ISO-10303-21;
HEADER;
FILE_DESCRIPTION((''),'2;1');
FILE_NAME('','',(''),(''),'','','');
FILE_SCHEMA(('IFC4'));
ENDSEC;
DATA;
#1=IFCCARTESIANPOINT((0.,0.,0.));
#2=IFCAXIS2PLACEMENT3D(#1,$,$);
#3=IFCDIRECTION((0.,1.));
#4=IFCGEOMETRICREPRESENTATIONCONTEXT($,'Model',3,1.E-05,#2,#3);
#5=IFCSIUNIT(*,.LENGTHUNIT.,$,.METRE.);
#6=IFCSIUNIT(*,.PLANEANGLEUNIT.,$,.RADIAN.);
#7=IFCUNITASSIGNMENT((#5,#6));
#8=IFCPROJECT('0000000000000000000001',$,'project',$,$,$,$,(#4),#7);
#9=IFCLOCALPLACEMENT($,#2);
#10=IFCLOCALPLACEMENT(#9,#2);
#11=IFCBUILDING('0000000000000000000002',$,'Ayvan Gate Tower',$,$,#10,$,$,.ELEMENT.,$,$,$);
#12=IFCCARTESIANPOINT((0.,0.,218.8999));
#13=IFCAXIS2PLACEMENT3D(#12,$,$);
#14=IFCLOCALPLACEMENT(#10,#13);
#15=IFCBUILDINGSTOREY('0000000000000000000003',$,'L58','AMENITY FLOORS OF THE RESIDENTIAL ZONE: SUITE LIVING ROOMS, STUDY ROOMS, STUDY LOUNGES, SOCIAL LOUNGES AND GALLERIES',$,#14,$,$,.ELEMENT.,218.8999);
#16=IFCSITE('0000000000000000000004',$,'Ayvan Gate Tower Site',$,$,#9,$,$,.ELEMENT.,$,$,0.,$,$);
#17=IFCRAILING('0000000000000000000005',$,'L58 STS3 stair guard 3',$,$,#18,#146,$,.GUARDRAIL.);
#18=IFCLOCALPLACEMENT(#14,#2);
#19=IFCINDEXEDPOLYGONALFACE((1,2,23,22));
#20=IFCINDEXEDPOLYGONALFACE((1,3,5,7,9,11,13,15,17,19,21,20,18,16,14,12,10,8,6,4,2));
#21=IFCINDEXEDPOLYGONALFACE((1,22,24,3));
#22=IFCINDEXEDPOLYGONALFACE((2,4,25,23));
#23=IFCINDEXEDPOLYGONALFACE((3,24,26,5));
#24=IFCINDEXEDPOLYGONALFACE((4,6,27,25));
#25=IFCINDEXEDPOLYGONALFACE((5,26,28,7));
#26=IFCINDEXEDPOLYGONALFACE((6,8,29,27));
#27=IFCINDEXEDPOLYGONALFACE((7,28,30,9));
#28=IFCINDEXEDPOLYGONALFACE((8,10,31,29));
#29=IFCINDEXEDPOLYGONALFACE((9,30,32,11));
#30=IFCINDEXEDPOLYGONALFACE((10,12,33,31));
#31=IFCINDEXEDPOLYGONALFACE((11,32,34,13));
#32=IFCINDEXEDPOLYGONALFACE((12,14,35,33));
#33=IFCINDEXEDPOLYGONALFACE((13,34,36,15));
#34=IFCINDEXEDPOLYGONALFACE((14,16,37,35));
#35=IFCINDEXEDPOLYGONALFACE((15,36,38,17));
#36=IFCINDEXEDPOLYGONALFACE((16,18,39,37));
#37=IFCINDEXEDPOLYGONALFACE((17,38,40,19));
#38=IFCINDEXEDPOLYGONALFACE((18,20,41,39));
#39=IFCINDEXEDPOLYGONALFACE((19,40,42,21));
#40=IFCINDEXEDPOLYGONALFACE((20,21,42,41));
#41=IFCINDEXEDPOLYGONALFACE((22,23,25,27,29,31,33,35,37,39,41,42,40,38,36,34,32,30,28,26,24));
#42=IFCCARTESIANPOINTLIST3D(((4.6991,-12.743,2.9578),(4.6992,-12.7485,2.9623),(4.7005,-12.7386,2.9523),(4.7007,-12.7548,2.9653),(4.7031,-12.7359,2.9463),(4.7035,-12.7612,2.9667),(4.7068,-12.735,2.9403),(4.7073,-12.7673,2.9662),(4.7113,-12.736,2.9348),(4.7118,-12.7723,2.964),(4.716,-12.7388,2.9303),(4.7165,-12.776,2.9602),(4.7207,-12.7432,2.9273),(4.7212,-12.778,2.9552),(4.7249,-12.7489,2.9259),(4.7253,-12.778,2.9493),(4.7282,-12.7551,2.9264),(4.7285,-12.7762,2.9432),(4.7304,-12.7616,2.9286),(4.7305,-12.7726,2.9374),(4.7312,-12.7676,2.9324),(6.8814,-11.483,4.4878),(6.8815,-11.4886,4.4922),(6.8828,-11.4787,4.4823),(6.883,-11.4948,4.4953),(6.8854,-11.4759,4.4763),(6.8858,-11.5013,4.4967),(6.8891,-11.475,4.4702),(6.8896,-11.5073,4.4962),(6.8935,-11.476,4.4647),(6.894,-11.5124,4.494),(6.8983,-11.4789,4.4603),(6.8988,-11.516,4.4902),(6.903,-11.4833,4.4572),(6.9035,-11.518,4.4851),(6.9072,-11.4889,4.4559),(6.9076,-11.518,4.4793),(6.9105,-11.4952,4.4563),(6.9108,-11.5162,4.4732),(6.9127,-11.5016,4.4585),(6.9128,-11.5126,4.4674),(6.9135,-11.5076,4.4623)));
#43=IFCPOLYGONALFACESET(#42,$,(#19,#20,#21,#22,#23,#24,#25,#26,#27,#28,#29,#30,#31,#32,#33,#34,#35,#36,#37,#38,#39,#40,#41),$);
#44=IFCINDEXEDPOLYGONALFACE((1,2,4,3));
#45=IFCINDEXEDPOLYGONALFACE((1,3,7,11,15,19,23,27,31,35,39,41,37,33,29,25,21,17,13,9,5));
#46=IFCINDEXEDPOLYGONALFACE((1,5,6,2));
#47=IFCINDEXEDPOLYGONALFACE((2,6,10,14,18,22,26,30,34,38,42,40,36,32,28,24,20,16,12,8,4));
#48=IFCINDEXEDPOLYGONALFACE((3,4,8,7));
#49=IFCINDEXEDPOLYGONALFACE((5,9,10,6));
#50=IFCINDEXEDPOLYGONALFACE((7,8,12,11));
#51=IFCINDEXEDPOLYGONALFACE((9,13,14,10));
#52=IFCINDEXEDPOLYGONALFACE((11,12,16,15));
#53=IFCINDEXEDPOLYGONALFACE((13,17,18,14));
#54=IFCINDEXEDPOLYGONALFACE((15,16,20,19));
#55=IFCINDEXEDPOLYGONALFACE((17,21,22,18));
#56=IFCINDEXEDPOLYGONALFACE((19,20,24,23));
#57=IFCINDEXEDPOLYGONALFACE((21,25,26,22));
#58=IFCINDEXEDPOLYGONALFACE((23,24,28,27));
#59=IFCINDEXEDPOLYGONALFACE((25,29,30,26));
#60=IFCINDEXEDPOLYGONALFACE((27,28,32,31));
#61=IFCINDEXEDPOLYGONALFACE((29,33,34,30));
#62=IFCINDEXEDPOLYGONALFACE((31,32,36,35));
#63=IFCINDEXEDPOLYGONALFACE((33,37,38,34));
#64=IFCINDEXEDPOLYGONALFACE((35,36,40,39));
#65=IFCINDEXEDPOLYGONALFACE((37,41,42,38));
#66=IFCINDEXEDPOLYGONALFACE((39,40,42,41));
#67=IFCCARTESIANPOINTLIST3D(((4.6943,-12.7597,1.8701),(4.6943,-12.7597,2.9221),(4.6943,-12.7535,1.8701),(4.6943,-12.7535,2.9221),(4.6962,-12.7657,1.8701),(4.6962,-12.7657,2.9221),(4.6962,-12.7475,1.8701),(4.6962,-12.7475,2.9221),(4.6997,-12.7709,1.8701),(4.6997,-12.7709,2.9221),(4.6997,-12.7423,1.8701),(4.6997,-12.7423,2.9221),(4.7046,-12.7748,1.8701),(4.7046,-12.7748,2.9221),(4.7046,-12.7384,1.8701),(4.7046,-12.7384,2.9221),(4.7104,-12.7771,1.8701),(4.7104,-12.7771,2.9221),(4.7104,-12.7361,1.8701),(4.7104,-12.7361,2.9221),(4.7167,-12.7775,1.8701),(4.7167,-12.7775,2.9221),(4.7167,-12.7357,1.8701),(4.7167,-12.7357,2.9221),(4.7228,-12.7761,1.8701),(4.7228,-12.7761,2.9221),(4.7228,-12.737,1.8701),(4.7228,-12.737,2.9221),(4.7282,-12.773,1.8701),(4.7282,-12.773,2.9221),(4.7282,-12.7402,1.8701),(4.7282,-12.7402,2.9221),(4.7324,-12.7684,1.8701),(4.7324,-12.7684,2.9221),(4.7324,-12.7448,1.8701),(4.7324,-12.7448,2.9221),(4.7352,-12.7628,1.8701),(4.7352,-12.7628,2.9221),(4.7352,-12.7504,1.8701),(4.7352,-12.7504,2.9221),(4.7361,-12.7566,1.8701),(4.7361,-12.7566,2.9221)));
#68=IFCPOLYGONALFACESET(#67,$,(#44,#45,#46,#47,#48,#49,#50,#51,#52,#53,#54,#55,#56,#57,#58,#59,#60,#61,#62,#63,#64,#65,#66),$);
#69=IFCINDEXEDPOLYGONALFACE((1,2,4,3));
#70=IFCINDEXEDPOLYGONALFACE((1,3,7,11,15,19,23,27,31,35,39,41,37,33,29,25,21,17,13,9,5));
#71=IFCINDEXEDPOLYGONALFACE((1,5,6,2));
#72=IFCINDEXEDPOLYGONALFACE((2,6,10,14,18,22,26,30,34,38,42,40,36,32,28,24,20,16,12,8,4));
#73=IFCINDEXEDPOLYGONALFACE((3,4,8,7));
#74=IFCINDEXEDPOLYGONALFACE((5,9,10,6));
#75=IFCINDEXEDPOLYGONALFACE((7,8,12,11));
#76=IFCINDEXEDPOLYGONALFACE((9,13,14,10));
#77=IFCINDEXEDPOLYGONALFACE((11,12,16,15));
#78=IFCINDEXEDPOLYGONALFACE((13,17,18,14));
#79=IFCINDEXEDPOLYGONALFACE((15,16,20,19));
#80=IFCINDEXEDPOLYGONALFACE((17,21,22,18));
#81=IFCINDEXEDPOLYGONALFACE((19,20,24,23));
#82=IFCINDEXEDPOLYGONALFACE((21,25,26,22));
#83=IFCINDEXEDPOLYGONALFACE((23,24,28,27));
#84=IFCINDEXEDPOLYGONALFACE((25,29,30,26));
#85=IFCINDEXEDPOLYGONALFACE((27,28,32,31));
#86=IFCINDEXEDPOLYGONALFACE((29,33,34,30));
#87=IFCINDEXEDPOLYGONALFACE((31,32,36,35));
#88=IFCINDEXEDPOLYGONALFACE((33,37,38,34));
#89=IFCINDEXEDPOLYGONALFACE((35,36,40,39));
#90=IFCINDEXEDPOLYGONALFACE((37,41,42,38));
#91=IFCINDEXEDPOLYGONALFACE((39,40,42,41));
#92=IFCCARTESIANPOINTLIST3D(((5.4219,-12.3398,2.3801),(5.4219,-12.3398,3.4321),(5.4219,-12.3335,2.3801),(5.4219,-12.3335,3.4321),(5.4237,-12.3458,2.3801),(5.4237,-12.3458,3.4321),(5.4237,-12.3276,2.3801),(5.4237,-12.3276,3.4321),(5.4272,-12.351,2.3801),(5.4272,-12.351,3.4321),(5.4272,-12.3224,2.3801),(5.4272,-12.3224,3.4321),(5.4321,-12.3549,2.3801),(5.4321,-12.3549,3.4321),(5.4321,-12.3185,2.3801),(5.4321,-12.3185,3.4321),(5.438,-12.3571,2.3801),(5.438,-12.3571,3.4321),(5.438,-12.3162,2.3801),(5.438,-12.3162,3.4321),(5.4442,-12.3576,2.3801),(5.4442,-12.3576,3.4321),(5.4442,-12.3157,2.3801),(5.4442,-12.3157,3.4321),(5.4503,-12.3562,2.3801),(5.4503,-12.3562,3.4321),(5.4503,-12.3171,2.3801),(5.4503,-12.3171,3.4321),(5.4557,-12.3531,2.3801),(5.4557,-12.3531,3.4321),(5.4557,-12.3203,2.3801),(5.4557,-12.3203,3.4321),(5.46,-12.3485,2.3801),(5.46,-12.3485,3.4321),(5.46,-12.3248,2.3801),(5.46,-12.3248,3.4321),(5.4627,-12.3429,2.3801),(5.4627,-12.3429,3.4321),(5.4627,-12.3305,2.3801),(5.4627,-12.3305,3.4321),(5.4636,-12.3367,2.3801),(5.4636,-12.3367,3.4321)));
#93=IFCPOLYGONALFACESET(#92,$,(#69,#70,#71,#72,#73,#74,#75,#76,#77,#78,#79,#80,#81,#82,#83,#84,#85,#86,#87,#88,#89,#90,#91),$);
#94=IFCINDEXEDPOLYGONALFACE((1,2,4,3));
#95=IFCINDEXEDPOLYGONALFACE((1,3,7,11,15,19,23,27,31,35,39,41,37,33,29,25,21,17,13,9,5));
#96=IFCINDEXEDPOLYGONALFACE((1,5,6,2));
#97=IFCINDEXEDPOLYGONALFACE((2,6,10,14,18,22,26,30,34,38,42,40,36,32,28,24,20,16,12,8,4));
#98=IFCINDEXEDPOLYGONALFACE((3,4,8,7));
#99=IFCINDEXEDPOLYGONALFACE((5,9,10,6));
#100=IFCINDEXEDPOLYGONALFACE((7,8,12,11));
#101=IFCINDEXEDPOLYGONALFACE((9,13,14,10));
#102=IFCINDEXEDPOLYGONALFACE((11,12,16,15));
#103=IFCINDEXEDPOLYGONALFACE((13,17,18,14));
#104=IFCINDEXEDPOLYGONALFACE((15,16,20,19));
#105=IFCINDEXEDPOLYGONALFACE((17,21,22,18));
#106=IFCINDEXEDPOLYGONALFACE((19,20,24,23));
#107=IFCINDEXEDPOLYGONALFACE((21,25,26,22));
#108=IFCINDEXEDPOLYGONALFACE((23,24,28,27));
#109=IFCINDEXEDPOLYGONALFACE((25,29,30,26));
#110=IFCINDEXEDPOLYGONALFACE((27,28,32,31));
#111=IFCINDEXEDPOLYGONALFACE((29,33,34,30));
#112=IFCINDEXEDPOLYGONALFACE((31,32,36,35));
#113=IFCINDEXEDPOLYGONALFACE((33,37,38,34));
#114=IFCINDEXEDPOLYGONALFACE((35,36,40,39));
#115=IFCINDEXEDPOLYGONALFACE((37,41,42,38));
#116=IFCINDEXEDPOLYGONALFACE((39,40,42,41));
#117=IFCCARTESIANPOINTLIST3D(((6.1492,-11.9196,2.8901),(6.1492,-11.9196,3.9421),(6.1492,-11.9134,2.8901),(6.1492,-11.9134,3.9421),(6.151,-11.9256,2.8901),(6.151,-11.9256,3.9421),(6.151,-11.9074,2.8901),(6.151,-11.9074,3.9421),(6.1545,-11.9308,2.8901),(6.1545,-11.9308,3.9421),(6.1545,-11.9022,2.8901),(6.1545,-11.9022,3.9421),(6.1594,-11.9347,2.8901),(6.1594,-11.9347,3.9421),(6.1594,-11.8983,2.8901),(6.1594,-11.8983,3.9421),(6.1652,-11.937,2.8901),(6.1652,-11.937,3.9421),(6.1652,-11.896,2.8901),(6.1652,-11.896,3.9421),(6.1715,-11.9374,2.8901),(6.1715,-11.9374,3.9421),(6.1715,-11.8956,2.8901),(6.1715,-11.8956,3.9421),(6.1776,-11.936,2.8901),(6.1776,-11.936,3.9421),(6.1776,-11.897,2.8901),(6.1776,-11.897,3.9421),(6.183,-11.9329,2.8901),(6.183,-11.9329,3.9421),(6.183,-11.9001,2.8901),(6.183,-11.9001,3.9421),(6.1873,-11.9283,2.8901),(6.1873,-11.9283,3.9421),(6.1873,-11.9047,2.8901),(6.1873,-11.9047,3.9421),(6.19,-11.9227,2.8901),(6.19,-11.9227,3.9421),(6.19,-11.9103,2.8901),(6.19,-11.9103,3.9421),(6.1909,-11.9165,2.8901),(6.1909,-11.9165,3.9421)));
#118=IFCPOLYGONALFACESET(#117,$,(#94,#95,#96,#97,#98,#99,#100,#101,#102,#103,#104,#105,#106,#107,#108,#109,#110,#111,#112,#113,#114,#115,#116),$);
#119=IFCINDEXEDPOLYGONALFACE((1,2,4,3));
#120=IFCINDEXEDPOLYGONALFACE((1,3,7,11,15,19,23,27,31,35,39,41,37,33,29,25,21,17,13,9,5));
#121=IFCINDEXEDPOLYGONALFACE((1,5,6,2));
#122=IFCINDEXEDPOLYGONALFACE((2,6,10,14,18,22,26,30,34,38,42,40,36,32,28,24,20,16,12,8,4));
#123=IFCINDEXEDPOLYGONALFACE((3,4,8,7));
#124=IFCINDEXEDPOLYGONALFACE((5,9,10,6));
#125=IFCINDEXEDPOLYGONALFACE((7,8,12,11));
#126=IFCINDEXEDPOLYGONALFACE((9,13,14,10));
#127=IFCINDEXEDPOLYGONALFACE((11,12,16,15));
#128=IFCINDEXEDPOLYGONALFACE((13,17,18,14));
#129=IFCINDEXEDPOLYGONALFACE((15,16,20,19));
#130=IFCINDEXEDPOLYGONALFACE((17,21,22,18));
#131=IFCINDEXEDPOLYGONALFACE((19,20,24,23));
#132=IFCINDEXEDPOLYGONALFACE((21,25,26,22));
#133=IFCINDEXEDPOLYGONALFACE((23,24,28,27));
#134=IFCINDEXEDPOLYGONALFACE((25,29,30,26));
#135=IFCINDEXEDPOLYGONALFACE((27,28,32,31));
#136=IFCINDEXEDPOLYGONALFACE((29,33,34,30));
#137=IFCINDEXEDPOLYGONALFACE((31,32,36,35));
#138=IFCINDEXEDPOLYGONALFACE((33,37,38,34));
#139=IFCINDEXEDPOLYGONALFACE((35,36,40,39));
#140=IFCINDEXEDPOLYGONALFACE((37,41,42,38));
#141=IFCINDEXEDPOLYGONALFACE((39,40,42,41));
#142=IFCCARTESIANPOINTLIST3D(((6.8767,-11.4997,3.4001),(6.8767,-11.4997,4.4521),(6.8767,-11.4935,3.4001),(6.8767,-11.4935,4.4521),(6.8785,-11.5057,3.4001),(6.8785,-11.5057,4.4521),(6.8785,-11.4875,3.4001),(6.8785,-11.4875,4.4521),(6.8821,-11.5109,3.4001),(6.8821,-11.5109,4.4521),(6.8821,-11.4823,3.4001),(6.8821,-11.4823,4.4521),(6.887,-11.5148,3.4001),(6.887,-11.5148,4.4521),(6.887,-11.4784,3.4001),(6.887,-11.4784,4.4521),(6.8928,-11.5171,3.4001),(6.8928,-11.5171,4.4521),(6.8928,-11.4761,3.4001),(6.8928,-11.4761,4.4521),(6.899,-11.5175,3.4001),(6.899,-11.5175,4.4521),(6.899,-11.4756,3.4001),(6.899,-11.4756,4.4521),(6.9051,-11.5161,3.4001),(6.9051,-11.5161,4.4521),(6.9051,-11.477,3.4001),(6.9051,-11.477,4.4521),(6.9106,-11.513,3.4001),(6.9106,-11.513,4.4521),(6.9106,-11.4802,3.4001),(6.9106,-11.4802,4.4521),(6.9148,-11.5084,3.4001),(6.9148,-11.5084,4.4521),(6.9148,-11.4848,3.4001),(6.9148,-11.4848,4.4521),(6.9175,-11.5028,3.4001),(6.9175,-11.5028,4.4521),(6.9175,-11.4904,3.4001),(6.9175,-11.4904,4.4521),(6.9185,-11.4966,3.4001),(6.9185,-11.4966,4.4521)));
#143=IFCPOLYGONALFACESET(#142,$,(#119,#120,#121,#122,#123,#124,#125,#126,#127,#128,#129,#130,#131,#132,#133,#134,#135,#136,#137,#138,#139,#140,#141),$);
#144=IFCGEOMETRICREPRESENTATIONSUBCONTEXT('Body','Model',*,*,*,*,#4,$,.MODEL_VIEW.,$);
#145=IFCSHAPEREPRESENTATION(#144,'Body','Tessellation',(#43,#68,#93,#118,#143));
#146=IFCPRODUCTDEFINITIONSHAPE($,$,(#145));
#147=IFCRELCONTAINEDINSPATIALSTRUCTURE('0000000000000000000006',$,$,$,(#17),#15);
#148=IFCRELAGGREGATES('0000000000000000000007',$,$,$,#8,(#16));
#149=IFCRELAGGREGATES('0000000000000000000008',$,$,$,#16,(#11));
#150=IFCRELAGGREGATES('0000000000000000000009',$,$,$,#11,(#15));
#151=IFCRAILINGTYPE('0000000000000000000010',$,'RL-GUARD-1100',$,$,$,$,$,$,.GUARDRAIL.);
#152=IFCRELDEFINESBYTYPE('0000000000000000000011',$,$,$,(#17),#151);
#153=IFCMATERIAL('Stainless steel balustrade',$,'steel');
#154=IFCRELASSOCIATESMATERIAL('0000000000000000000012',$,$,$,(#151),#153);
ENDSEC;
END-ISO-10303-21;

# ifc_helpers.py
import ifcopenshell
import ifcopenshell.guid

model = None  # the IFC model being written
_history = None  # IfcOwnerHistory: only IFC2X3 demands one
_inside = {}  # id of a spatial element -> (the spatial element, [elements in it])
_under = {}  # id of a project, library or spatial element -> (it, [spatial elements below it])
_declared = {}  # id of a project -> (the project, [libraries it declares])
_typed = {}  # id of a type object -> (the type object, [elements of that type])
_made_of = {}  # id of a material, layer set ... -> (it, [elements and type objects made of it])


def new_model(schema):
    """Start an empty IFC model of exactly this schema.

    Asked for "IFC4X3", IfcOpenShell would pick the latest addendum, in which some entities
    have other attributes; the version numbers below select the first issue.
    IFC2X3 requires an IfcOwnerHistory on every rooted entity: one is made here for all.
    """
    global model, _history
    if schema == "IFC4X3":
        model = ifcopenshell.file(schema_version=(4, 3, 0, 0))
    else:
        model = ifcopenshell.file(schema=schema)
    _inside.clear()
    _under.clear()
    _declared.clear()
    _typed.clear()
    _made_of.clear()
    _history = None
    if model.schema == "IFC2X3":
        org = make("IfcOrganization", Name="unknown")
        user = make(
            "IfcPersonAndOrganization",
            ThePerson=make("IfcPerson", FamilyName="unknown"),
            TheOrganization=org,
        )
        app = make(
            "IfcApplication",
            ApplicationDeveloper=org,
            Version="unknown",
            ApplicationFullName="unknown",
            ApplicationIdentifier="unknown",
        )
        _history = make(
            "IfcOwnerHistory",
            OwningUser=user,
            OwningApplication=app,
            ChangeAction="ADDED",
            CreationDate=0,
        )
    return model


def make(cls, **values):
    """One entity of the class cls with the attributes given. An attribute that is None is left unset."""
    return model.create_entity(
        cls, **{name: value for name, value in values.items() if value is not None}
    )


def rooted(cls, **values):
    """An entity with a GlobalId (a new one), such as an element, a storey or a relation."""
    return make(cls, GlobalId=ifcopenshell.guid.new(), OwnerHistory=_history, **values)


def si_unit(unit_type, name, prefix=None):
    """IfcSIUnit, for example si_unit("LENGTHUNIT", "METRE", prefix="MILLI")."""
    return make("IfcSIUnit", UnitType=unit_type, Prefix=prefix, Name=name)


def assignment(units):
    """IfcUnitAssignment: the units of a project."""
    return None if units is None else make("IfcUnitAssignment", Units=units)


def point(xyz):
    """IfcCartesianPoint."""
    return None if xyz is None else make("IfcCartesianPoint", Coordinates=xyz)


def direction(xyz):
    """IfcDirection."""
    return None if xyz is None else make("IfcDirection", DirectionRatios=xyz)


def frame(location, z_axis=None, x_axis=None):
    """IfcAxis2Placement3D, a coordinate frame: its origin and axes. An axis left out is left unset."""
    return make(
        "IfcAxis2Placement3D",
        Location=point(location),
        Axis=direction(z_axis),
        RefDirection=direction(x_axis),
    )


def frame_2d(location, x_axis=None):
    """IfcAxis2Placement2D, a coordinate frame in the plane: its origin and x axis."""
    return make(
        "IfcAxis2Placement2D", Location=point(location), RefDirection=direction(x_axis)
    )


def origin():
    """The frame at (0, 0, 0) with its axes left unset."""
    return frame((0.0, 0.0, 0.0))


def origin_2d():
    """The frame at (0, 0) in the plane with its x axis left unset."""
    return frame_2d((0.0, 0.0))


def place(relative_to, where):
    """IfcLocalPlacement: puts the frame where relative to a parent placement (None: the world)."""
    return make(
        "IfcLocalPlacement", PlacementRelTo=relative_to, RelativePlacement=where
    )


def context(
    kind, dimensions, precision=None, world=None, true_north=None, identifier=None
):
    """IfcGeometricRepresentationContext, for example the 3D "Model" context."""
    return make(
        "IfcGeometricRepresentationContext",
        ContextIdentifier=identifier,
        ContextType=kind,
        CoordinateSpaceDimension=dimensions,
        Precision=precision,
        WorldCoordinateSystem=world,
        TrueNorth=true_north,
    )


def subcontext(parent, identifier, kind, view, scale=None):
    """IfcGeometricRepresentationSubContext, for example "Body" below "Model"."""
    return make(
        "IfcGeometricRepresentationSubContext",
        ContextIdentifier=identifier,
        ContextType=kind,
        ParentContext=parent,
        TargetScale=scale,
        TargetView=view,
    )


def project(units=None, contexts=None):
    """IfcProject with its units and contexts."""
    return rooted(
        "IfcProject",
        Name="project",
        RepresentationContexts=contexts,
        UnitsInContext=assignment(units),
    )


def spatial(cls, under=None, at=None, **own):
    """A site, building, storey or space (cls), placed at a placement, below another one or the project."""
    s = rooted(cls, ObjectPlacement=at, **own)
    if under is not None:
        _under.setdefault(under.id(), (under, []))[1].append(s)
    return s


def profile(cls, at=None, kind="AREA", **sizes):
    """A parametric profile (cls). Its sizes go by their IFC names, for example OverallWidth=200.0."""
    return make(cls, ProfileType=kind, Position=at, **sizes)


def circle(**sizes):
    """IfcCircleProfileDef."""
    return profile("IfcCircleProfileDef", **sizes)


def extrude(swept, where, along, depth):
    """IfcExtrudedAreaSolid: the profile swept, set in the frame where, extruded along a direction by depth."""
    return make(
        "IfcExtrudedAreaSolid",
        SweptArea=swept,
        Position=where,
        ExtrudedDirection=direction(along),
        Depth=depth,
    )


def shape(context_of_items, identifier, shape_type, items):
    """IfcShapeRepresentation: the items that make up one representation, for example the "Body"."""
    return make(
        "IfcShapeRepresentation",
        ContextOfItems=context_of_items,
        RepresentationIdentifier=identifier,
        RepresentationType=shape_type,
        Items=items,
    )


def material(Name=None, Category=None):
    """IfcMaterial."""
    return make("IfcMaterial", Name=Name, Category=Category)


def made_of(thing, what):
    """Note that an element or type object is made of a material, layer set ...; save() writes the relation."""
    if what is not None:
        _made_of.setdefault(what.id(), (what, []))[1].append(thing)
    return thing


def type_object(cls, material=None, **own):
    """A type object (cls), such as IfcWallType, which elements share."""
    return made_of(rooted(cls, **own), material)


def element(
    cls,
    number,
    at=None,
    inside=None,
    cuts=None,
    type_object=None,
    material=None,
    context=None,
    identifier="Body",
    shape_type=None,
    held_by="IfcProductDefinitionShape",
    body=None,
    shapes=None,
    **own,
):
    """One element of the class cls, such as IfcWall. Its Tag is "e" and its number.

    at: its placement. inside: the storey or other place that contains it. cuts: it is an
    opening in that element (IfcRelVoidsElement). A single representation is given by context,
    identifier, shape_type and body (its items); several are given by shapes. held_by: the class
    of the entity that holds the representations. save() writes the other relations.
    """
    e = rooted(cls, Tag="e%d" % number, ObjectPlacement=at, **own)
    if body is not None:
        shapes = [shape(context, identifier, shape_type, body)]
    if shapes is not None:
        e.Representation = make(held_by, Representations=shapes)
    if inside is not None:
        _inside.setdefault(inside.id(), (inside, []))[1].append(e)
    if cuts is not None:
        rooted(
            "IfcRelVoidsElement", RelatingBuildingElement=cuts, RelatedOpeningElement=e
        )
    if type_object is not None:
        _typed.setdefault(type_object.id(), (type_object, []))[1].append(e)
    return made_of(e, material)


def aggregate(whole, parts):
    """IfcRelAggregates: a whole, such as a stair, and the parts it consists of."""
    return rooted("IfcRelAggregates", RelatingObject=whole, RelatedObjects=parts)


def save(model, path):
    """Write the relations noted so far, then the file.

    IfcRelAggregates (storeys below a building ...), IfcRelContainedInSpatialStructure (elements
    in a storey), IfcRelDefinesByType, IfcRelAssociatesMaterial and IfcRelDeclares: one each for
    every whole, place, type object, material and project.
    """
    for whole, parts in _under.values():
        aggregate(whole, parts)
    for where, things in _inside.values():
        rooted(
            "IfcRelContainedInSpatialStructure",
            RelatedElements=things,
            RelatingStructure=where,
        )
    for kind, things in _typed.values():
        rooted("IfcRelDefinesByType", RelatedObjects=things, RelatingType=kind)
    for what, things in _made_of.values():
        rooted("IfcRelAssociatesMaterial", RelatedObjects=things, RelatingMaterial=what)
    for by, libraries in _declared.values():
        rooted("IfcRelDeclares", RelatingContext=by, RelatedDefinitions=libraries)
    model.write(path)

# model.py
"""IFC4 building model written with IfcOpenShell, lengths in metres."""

from ifc_helpers import new_model, si_unit, direction, frame, origin, origin_2d, place, context, subcontext, project, spatial, circle, extrude, material, type_object, element, save


model = new_model("IFC4")

# Units and contexts
model_context = context("Model", 3, precision=1e-05, world=origin(), true_north=direction((0.0, 1.0)))
body_context = subcontext(model_context, "Body", "Model", "MODEL_VIEW")
ifc_project = project(units=[si_unit("LENGTHUNIT", "METRE"), si_unit("PLANEANGLEUNIT", "RADIAN")], contexts=[model_context])

# Site, building, storey
site_placement = place(None, origin())
site = spatial("IfcSite", under=ifc_project, at=site_placement, Name="Ayvan Gate Tower Site", CompositionType="ELEMENT", RefElevation=0.0)
building_placement = place(site_placement, origin())
building = spatial("IfcBuilding", under=site, at=building_placement, Name="Ayvan Gate Tower", CompositionType="ELEMENT")
storey_placement = place(building_placement, frame((0.0, 0.0, 218.8999)))
storey = spatial("IfcBuildingStorey", under=building, at=storey_placement, Name="L58", Description="AMENITY FLOORS OF THE RESIDENTIAL ZONE: SUITE LIVING ROOMS, STUDY ROOMS, STUDY LOUNGES, SOCIAL LOUNGES AND GALLERIES", CompositionType="ELEMENT", Elevation=218.8999)

# Railing
ifc_material_1 = material(Name="Stainless steel balustrade", Category="steel")
railing_type_1 = type_object("IfcRailingType", Name="RL-GUARD-1100", PredefinedType="GUARDRAIL", material=ifc_material_1)
railing_1_placement = place(storey_placement, frame((4.7151, -12.7566, 1.8701)))
element("IfcRailing", 1, at=railing_1_placement, inside=storey, type_object=railing_type_1, Name="L58 STS3 stair guard 3", PredefinedType="GUARDRAIL", context=body_context, shape_type="SweptSolid", body=[
    extrude(circle(Radius=0.0239, at=origin_2d()), frame((0.0, 0.0, 1.0762), z_axis=(0.740261, 0.427395, 0.518986), x_axis=(-0.500005, 0.866023, 0.0)), (0.0, 0.0, 1.0), 2.948),
    extrude(circle(Radius=0.021, at=origin_2d()), origin(), (0.0, 0.0, 1.0), 1.052),
    extrude(circle(Radius=0.021, at=origin_2d()), frame((0.7275, 0.4199, 0.51)), (0.0, 0.0, 1.0), 1.052),
    extrude(circle(Radius=0.021, at=origin_2d()), frame((1.4548, 0.8401, 1.02)), (0.0, 0.0, 1.0), 1.052),
    extrude(circle(Radius=0.021, at=origin_2d()), frame((2.1824, 1.26, 1.53)), (0.0, 0.0, 1.0), 1.052),
])

save(model, "model.ifc")
